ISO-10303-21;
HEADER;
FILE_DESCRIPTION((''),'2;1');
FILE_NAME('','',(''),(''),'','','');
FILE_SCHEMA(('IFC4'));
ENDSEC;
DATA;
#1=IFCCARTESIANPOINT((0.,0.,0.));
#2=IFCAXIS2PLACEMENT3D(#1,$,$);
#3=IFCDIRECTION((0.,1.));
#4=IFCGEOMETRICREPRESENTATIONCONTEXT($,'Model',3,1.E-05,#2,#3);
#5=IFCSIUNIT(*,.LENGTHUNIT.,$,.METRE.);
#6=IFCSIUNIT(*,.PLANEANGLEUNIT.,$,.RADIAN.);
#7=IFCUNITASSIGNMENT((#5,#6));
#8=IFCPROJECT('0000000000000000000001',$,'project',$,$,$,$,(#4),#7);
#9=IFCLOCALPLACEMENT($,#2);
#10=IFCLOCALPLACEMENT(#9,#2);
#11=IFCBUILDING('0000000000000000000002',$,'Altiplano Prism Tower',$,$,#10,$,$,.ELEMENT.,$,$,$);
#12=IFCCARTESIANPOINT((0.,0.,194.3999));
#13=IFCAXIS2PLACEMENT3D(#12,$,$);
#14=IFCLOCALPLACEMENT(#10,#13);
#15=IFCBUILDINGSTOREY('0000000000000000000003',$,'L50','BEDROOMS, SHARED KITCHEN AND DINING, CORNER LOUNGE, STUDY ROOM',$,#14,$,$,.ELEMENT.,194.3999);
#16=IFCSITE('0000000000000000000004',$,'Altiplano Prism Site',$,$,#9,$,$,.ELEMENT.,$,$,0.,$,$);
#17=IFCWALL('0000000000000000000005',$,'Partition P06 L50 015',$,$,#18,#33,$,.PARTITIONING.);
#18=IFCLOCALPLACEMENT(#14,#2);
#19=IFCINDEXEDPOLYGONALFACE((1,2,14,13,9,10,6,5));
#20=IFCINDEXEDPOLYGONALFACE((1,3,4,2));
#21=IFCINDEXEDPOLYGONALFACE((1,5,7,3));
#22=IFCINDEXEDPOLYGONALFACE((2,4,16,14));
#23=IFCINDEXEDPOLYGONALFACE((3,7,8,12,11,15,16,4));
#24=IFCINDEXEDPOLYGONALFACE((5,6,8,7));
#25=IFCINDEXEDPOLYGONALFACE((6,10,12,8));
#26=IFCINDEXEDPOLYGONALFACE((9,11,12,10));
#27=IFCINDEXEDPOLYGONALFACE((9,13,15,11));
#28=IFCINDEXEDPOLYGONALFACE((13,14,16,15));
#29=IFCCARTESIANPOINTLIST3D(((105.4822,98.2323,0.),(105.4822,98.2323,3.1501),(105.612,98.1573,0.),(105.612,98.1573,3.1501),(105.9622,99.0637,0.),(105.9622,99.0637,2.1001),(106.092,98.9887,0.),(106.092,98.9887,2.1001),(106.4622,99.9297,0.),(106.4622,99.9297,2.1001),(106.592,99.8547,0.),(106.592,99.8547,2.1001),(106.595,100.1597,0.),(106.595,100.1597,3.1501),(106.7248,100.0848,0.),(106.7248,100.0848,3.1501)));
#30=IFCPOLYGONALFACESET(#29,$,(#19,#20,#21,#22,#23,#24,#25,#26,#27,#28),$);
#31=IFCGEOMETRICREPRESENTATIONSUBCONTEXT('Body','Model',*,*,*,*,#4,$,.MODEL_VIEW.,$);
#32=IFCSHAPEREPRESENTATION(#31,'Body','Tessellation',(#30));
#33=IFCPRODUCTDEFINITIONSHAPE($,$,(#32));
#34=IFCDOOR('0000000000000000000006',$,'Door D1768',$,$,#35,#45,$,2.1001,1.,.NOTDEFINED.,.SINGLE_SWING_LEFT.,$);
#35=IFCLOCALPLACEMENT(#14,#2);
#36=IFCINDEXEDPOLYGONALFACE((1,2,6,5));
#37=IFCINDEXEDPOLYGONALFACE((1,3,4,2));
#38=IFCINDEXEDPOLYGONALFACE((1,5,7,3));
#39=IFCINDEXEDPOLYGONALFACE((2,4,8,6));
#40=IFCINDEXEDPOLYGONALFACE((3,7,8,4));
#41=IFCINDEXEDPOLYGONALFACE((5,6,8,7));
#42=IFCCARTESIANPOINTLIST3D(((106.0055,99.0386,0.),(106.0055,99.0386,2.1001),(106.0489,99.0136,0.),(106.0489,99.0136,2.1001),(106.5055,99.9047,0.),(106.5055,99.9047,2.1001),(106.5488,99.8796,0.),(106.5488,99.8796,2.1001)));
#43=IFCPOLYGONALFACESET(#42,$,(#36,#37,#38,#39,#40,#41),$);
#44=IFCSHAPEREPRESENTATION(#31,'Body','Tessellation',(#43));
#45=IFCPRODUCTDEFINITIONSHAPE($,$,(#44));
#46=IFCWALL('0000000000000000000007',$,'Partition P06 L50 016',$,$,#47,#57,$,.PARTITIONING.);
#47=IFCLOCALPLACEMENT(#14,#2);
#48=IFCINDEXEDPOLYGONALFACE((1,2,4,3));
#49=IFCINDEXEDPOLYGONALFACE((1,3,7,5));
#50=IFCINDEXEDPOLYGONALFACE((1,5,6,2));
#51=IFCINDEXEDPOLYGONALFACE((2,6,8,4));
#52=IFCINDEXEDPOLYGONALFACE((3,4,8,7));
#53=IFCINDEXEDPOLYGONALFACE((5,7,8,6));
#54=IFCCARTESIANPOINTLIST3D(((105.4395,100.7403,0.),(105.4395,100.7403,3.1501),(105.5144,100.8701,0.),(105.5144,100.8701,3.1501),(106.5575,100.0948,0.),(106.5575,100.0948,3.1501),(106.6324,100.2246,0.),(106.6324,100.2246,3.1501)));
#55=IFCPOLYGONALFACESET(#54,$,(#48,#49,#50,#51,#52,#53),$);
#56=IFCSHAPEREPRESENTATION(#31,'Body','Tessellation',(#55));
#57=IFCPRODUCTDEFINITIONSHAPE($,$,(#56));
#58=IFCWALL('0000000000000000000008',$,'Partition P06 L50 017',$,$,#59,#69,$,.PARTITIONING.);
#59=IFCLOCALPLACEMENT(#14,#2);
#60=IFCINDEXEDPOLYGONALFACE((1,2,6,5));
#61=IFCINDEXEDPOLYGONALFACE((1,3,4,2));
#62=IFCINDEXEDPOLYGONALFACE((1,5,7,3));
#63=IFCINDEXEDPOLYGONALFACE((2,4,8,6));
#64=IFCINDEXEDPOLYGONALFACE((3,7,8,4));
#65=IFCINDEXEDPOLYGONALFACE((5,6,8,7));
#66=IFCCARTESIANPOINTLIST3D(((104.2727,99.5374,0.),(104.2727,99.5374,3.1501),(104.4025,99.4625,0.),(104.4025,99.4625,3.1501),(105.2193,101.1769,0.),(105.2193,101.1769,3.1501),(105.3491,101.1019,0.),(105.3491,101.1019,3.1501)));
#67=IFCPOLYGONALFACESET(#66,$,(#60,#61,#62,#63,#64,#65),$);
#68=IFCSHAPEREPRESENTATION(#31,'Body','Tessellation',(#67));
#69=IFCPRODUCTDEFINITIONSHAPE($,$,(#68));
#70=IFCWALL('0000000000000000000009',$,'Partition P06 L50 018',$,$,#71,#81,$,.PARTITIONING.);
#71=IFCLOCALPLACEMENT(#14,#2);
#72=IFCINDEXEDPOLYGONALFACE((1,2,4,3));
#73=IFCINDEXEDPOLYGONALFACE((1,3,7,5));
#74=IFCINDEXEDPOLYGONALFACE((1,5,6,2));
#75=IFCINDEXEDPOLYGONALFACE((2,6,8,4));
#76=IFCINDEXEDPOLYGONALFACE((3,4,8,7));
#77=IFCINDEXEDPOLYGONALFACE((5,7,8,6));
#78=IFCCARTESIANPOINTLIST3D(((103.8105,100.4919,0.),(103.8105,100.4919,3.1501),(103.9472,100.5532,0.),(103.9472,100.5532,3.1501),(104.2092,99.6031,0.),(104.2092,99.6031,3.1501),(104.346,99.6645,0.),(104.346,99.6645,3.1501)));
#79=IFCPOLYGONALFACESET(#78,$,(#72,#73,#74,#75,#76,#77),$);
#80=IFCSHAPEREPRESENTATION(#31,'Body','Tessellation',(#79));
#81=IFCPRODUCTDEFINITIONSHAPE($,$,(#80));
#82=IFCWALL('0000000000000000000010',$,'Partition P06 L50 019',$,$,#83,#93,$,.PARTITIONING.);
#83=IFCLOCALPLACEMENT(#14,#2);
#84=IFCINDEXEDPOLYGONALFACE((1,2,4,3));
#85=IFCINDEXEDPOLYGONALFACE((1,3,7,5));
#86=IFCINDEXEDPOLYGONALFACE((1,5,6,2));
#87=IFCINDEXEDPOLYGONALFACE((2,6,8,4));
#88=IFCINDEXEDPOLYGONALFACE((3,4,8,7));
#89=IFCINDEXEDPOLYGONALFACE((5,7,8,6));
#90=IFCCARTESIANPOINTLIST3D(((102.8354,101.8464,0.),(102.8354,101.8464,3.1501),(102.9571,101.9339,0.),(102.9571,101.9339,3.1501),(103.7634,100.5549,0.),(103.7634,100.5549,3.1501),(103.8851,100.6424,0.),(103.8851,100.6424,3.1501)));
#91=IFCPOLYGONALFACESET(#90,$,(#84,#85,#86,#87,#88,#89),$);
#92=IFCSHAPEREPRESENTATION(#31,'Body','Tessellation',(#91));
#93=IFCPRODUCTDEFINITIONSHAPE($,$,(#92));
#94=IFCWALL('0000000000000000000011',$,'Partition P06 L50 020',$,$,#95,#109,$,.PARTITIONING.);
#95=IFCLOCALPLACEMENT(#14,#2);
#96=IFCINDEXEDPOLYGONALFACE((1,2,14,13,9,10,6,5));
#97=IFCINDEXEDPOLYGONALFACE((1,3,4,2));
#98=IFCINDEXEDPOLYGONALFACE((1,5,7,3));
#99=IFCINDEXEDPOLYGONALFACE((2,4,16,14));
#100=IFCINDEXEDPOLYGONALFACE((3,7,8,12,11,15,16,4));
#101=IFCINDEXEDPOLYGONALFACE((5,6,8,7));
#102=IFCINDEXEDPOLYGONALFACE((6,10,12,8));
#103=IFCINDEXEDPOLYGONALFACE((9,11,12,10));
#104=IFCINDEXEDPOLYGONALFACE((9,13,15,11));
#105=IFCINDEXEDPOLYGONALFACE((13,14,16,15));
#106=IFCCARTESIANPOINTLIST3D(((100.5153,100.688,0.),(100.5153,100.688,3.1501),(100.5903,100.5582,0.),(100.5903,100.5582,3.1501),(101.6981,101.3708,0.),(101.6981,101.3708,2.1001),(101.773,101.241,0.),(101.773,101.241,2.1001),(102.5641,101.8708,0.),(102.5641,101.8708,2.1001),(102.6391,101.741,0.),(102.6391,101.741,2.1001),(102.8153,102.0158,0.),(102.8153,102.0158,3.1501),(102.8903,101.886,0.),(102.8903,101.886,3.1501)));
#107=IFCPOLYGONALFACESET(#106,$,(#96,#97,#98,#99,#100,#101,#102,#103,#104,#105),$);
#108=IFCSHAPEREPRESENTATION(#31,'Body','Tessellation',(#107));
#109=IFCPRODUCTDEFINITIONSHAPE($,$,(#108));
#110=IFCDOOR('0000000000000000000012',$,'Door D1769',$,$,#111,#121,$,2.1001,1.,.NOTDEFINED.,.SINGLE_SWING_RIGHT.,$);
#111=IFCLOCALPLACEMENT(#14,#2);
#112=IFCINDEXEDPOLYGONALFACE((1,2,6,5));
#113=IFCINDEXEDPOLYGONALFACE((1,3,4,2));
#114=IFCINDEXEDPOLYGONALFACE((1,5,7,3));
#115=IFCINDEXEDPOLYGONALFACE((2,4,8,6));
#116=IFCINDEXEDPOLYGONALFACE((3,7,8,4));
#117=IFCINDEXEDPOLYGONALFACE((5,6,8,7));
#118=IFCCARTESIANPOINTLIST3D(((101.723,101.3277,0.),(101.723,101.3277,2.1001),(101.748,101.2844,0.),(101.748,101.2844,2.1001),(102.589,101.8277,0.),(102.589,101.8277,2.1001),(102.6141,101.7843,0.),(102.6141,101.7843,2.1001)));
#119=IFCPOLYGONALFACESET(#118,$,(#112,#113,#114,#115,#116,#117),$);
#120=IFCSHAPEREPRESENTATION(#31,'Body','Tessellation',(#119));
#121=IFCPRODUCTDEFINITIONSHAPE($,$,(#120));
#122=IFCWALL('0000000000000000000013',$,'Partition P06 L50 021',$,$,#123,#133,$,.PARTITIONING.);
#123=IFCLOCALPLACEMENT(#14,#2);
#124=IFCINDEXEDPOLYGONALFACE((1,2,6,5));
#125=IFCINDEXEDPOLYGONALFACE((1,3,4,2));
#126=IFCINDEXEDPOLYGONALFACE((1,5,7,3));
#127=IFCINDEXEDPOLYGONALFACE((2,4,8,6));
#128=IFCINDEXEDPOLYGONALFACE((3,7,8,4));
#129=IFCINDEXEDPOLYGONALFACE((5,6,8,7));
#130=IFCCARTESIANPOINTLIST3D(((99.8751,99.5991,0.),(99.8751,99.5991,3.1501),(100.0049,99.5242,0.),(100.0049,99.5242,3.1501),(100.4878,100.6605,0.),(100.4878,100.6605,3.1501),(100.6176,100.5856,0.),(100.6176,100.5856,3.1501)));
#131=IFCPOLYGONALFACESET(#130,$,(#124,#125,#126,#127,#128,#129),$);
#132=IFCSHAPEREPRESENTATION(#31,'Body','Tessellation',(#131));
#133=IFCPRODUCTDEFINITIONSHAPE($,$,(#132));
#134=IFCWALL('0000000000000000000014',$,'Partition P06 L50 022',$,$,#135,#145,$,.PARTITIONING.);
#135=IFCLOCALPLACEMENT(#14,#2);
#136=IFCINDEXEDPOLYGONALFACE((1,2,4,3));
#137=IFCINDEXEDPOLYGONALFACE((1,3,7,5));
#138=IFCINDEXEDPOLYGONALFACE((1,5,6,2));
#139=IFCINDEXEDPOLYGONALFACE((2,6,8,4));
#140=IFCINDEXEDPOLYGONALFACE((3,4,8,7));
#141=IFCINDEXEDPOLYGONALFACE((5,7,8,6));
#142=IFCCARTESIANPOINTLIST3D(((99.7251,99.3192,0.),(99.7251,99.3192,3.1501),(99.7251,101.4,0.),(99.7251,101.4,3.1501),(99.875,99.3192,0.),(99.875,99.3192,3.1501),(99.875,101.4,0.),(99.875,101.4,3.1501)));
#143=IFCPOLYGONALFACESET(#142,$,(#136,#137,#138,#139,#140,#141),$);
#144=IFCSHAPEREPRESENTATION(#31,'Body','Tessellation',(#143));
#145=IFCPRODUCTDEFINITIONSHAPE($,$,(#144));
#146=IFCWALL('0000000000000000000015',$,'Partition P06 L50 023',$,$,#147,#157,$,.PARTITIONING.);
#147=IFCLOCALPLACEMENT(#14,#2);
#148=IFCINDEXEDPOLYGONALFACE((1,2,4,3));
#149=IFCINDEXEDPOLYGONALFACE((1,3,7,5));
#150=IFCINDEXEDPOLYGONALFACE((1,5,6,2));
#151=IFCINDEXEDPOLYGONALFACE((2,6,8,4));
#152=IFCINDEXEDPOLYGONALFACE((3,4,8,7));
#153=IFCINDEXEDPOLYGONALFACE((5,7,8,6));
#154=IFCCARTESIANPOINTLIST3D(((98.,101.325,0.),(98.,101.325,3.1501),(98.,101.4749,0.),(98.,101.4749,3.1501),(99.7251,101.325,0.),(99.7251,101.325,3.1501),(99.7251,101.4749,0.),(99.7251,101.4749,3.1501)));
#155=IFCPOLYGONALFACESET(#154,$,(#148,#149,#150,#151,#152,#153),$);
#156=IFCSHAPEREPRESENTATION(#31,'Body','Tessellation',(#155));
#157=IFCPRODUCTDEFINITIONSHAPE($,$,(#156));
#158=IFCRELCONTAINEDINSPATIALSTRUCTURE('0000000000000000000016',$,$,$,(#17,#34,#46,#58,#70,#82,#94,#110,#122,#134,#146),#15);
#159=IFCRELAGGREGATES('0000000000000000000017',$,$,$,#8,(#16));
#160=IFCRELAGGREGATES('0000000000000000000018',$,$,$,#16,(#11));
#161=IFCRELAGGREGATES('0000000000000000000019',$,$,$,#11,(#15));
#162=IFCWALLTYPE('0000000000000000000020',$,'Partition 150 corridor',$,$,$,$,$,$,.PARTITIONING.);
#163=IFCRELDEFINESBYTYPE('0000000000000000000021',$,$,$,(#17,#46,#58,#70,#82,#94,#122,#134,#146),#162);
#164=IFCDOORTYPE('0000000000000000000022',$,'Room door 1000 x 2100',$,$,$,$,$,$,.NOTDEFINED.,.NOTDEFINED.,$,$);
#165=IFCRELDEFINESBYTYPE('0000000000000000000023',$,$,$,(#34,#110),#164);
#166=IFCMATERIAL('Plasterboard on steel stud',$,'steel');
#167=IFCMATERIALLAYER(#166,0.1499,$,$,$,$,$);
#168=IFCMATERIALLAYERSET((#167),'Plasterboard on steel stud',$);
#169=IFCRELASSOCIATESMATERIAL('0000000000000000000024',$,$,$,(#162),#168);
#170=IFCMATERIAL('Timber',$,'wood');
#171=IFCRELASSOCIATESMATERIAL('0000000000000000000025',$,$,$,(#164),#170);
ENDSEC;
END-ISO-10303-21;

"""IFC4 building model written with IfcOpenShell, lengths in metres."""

from ifc_helpers import new_model, si_unit, direction, frame, frame_2d, origin, place, context, subcontext, project, spatial, rectangle, extrude, material, layer, layer_set, type_object, element, fill, save


model = new_model("IFC4")

# Units and contexts
model_context = context("Model", 3, precision=1e-05, world=origin(), true_north=direction((0.0, 1.0)))
body_context = subcontext(model_context, "Body", "Model", "MODEL_VIEW")
ifc_project = project(units=[si_unit("LENGTHUNIT", "METRE"), si_unit("PLANEANGLEUNIT", "RADIAN")], contexts=[model_context])

# Site, building, storey
site_placement = place(None, origin())
site = spatial("IfcSite", under=ifc_project, at=site_placement, Name="Altiplano Prism Site", CompositionType="ELEMENT", RefElevation=0.0)
building_placement = place(site_placement, origin())
building = spatial("IfcBuilding", under=site, at=building_placement, Name="Altiplano Prism Tower", CompositionType="ELEMENT")
storey_placement = place(building_placement, frame((0.0, 0.0, 194.3999)))
storey = spatial("IfcBuildingStorey", under=building, at=storey_placement, Name="L50", Description="BEDROOMS, SHARED KITCHEN AND DINING, CORNER LOUNGE, STUDY ROOM", CompositionType="ELEMENT", Elevation=194.3999)

# Shared definitions
ifc_material_1 = material(Name="Plasterboard on steel stud", Category="steel")
ifc_layer_1 = layer(ifc_material_1, 0.1499)
ifc_layer_set_1 = layer_set([ifc_layer_1], Name="Plasterboard on steel stud")
wall_type_1 = type_object("IfcWallType", Name="Partition 150 corridor", PredefinedType="PARTITIONING", material=ifc_layer_set_1)

# Wall, opening, door
wall_1_placement = place(storey_placement, frame((105.5471, 98.1948, 0.0), z_axis=(0.0, 0.0, 1.0), x_axis=(0.499985, 0.866034, 0.0)))
wall_1 = element("IfcWall", 1, at=wall_1_placement, inside=storey, type_object=wall_type_1, Name="Partition P06 L50 015", PredefinedType="PARTITIONING", context=body_context, shape_type="SweptSolid", body=[
    extrude(rectangle(XDim=2.2256, YDim=0.1499, at=frame_2d((1.1128, 0.0))), origin(), (0.0, 0.0, 1.0), 3.1501),
])
opening_1_placement = place(wall_1_placement, frame((0.96, 0.0, 0.0)))
opening_1 = element("IfcOpeningElement", 2, at=opening_1_placement, cuts=wall_1, PredefinedType="OPENING", context=body_context, shape_type="SweptSolid", body=[
    extrude(rectangle(XDim=1.0, YDim=2.1001, at=frame_2d((0.5, 1.05))), frame((0.0, 0.0854, 0.0), z_axis=(0.0, -1.0, 0.0), x_axis=(1.0, 0.0, 0.0)), (0.0, 0.0, 1.0), 0.1709),
])
ifc_material_2 = material(Name="Timber", Category="wood")
door_type = type_object("IfcDoorType", Name="Room door 1000 x 2100", OperationType="NOTDEFINED", PredefinedType="NOTDEFINED", material=ifc_material_2)
door_1_placement = place(opening_1_placement, origin())
door_1 = element("IfcDoor", 3, at=door_1_placement, inside=storey, type_object=door_type, Name="Door D1768", OperationType="SINGLE_SWING_LEFT", OverallHeight=2.1001, OverallWidth=1.0, PredefinedType="NOTDEFINED", context=body_context, shape_type="SweptSolid", body=[
    extrude(rectangle(XDim=1.0, YDim=2.1001, at=frame_2d((0.5, 1.05))), frame((0.0, 0.0249, 0.0), z_axis=(0.0, -1.0, 0.0), x_axis=(1.0, 0.0, 0.0)), (0.0, 0.0, 1.0), 0.05),
])
fill(opening_1, door_1)

# Walls
wall_2_placement = place(storey_placement, frame((106.595, 100.1597, 0.0), z_axis=(0.0, 0.0, 1.0), x_axis=(-0.866, 0.500044, 0.0)))
element("IfcWall", 4, at=wall_2_placement, inside=storey, type_object=wall_type_1, Name="Partition P06 L50 016", PredefinedType="PARTITIONING", context=body_context, shape_type="SweptSolid", body=[
    extrude(rectangle(XDim=1.291, YDim=0.1499, at=frame_2d((0.6455, 0.0))), origin(), (0.0, 0.0, 1.0), 3.1501),
])
wall_3_placement = place(storey_placement, frame((105.2842, 101.1394, 0.0), z_axis=(0.0, 0.0, 1.0), x_axis=(-0.500009, -0.86602, 0.0)))
element("IfcWall", 5, at=wall_3_placement, inside=storey, type_object=wall_type_1, Name="Partition P06 L50 017", PredefinedType="PARTITIONING", context=body_context, shape_type="SweptSolid", body=[
    extrude(rectangle(XDim=1.8931, YDim=0.1499, at=frame_2d((0.9465, 0.0))), origin(), (0.0, 0.0, 1.0), 3.1501),
])
wall_4_placement = place(storey_placement, frame((104.2776, 99.6338, 0.0), z_axis=(0.0, 0.0, 1.0), x_axis=(-0.409322, 0.91239, 0.0)))
element("IfcWall", 6, at=wall_4_placement, inside=storey, type_object=wall_type_1, Name="Partition P06 L50 018", PredefinedType="PARTITIONING", context=body_context, shape_type="SweptSolid", body=[
    extrude(rectangle(XDim=0.9741, YDim=0.1499, at=frame_2d((0.4871, 0.0))), origin(), (0.0, 0.0, 1.0), 3.1501),
])
wall_5_placement = place(storey_placement, frame((103.8242, 100.5986, 0.0), z_axis=(0.0, 0.0, 1.0), x_axis=(-0.583516, 0.812102, 0.0)))
element("IfcWall", 7, at=wall_5_placement, inside=storey, type_object=wall_type_1, Name="Partition P06 L50 019", PredefinedType="PARTITIONING", context=body_context, shape_type="SweptSolid", body=[
    extrude(rectangle(XDim=1.5903, YDim=0.1499, at=frame_2d((0.7952, 0.0))), origin(), (0.0, 0.0, 1.0), 3.1501),
])

# Wall, opening, door
wall_6_placement = place(storey_placement, frame((102.8528, 101.9509, 0.0), z_axis=(0.0, 0.0, 1.0), x_axis=(-0.866034, -0.499985, 0.0)))
wall_6 = element("IfcWall", 8, at=wall_6_placement, inside=storey, type_object=wall_type_1, Name="Partition P06 L50 020", PredefinedType="PARTITIONING", context=body_context, shape_type="SweptSolid", body=[
    extrude(rectangle(XDim=2.6558, YDim=0.1499, at=frame_2d((1.3279, 0.0))), origin(), (0.0, 0.0, 1.0), 3.1501),
])
opening_2_placement = place(wall_6_placement, frame((0.29, 0.0, 0.0)))
opening_2 = element("IfcOpeningElement", 9, at=opening_2_placement, cuts=wall_6, PredefinedType="OPENING", context=body_context, shape_type="SweptSolid", body=[
    extrude(rectangle(XDim=1.0, YDim=2.1001, at=frame_2d((0.5, 1.05))), frame((0.0, 0.0854, 0.0), z_axis=(0.0, -1.0, 0.0), x_axis=(1.0, 0.0, 0.0)), (0.0, 0.0, 1.0), 0.1709),
])
door_2_placement = place(opening_2_placement, origin())
door_2 = element("IfcDoor", 10, at=door_2_placement, inside=storey, type_object=door_type, Name="Door D1769", OperationType="SINGLE_SWING_RIGHT", OverallHeight=2.1001, OverallWidth=1.0, PredefinedType="NOTDEFINED", context=body_context, shape_type="SweptSolid", body=[
    extrude(rectangle(XDim=1.0, YDim=2.1001, at=frame_2d((0.5, 1.05))), frame((0.0, 0.0249, 0.0), z_axis=(0.0, -1.0, 0.0), x_axis=(1.0, 0.0, 0.0)), (0.0, 0.0, 1.0), 0.05),
])
fill(opening_2, door_2)

# Walls
wall_7_placement = place(storey_placement, frame((100.5527, 100.623, 0.0), z_axis=(0.0, 0.0, 1.0), x_axis=(-0.499952, -0.866053, 0.0)))
element("IfcWall", 11, at=wall_7_placement, inside=storey, type_object=wall_type_1, Name="Partition P06 L50 021", PredefinedType="PARTITIONING", context=body_context, shape_type="SweptSolid", body=[
    extrude(rectangle(XDim=1.2256, YDim=0.1499, at=frame_2d((0.6128, 0.0))), origin(), (0.0, 0.0, 1.0), 3.1501),
])
wall_8_placement = place(storey_placement, frame((99.8, 99.3191, 0.0), z_axis=(0.0, 0.0, 1.0), x_axis=(0.0, 1.0, 0.0)))
element("IfcWall", 12, at=wall_8_placement, inside=storey, type_object=wall_type_1, Name="Partition P06 L50 022", PredefinedType="PARTITIONING", context=body_context, shape_type="SweptSolid", body=[
    extrude(rectangle(XDim=2.0808, YDim=0.1499, at=frame_2d((1.0405, 0.0))), origin(), (0.0, 0.0, 1.0), 3.1501),
])
wall_9_placement = place(storey_placement, frame((99.7251, 101.3999, 0.0), z_axis=(0.0, 0.0, 1.0), x_axis=(-1.0, 0.0, 0.0)))
element("IfcWall", 13, at=wall_9_placement, inside=storey, type_object=wall_type_1, Name="Partition P06 L50 023", PredefinedType="PARTITIONING", context=body_context, shape_type="SweptSolid", body=[
    extrude(rectangle(XDim=1.7251, YDim=0.1499, at=frame_2d((0.8625, 0.0))), origin(), (0.0, 0.0, 1.0), 3.1501),
])

save(model, "model.ifc")
